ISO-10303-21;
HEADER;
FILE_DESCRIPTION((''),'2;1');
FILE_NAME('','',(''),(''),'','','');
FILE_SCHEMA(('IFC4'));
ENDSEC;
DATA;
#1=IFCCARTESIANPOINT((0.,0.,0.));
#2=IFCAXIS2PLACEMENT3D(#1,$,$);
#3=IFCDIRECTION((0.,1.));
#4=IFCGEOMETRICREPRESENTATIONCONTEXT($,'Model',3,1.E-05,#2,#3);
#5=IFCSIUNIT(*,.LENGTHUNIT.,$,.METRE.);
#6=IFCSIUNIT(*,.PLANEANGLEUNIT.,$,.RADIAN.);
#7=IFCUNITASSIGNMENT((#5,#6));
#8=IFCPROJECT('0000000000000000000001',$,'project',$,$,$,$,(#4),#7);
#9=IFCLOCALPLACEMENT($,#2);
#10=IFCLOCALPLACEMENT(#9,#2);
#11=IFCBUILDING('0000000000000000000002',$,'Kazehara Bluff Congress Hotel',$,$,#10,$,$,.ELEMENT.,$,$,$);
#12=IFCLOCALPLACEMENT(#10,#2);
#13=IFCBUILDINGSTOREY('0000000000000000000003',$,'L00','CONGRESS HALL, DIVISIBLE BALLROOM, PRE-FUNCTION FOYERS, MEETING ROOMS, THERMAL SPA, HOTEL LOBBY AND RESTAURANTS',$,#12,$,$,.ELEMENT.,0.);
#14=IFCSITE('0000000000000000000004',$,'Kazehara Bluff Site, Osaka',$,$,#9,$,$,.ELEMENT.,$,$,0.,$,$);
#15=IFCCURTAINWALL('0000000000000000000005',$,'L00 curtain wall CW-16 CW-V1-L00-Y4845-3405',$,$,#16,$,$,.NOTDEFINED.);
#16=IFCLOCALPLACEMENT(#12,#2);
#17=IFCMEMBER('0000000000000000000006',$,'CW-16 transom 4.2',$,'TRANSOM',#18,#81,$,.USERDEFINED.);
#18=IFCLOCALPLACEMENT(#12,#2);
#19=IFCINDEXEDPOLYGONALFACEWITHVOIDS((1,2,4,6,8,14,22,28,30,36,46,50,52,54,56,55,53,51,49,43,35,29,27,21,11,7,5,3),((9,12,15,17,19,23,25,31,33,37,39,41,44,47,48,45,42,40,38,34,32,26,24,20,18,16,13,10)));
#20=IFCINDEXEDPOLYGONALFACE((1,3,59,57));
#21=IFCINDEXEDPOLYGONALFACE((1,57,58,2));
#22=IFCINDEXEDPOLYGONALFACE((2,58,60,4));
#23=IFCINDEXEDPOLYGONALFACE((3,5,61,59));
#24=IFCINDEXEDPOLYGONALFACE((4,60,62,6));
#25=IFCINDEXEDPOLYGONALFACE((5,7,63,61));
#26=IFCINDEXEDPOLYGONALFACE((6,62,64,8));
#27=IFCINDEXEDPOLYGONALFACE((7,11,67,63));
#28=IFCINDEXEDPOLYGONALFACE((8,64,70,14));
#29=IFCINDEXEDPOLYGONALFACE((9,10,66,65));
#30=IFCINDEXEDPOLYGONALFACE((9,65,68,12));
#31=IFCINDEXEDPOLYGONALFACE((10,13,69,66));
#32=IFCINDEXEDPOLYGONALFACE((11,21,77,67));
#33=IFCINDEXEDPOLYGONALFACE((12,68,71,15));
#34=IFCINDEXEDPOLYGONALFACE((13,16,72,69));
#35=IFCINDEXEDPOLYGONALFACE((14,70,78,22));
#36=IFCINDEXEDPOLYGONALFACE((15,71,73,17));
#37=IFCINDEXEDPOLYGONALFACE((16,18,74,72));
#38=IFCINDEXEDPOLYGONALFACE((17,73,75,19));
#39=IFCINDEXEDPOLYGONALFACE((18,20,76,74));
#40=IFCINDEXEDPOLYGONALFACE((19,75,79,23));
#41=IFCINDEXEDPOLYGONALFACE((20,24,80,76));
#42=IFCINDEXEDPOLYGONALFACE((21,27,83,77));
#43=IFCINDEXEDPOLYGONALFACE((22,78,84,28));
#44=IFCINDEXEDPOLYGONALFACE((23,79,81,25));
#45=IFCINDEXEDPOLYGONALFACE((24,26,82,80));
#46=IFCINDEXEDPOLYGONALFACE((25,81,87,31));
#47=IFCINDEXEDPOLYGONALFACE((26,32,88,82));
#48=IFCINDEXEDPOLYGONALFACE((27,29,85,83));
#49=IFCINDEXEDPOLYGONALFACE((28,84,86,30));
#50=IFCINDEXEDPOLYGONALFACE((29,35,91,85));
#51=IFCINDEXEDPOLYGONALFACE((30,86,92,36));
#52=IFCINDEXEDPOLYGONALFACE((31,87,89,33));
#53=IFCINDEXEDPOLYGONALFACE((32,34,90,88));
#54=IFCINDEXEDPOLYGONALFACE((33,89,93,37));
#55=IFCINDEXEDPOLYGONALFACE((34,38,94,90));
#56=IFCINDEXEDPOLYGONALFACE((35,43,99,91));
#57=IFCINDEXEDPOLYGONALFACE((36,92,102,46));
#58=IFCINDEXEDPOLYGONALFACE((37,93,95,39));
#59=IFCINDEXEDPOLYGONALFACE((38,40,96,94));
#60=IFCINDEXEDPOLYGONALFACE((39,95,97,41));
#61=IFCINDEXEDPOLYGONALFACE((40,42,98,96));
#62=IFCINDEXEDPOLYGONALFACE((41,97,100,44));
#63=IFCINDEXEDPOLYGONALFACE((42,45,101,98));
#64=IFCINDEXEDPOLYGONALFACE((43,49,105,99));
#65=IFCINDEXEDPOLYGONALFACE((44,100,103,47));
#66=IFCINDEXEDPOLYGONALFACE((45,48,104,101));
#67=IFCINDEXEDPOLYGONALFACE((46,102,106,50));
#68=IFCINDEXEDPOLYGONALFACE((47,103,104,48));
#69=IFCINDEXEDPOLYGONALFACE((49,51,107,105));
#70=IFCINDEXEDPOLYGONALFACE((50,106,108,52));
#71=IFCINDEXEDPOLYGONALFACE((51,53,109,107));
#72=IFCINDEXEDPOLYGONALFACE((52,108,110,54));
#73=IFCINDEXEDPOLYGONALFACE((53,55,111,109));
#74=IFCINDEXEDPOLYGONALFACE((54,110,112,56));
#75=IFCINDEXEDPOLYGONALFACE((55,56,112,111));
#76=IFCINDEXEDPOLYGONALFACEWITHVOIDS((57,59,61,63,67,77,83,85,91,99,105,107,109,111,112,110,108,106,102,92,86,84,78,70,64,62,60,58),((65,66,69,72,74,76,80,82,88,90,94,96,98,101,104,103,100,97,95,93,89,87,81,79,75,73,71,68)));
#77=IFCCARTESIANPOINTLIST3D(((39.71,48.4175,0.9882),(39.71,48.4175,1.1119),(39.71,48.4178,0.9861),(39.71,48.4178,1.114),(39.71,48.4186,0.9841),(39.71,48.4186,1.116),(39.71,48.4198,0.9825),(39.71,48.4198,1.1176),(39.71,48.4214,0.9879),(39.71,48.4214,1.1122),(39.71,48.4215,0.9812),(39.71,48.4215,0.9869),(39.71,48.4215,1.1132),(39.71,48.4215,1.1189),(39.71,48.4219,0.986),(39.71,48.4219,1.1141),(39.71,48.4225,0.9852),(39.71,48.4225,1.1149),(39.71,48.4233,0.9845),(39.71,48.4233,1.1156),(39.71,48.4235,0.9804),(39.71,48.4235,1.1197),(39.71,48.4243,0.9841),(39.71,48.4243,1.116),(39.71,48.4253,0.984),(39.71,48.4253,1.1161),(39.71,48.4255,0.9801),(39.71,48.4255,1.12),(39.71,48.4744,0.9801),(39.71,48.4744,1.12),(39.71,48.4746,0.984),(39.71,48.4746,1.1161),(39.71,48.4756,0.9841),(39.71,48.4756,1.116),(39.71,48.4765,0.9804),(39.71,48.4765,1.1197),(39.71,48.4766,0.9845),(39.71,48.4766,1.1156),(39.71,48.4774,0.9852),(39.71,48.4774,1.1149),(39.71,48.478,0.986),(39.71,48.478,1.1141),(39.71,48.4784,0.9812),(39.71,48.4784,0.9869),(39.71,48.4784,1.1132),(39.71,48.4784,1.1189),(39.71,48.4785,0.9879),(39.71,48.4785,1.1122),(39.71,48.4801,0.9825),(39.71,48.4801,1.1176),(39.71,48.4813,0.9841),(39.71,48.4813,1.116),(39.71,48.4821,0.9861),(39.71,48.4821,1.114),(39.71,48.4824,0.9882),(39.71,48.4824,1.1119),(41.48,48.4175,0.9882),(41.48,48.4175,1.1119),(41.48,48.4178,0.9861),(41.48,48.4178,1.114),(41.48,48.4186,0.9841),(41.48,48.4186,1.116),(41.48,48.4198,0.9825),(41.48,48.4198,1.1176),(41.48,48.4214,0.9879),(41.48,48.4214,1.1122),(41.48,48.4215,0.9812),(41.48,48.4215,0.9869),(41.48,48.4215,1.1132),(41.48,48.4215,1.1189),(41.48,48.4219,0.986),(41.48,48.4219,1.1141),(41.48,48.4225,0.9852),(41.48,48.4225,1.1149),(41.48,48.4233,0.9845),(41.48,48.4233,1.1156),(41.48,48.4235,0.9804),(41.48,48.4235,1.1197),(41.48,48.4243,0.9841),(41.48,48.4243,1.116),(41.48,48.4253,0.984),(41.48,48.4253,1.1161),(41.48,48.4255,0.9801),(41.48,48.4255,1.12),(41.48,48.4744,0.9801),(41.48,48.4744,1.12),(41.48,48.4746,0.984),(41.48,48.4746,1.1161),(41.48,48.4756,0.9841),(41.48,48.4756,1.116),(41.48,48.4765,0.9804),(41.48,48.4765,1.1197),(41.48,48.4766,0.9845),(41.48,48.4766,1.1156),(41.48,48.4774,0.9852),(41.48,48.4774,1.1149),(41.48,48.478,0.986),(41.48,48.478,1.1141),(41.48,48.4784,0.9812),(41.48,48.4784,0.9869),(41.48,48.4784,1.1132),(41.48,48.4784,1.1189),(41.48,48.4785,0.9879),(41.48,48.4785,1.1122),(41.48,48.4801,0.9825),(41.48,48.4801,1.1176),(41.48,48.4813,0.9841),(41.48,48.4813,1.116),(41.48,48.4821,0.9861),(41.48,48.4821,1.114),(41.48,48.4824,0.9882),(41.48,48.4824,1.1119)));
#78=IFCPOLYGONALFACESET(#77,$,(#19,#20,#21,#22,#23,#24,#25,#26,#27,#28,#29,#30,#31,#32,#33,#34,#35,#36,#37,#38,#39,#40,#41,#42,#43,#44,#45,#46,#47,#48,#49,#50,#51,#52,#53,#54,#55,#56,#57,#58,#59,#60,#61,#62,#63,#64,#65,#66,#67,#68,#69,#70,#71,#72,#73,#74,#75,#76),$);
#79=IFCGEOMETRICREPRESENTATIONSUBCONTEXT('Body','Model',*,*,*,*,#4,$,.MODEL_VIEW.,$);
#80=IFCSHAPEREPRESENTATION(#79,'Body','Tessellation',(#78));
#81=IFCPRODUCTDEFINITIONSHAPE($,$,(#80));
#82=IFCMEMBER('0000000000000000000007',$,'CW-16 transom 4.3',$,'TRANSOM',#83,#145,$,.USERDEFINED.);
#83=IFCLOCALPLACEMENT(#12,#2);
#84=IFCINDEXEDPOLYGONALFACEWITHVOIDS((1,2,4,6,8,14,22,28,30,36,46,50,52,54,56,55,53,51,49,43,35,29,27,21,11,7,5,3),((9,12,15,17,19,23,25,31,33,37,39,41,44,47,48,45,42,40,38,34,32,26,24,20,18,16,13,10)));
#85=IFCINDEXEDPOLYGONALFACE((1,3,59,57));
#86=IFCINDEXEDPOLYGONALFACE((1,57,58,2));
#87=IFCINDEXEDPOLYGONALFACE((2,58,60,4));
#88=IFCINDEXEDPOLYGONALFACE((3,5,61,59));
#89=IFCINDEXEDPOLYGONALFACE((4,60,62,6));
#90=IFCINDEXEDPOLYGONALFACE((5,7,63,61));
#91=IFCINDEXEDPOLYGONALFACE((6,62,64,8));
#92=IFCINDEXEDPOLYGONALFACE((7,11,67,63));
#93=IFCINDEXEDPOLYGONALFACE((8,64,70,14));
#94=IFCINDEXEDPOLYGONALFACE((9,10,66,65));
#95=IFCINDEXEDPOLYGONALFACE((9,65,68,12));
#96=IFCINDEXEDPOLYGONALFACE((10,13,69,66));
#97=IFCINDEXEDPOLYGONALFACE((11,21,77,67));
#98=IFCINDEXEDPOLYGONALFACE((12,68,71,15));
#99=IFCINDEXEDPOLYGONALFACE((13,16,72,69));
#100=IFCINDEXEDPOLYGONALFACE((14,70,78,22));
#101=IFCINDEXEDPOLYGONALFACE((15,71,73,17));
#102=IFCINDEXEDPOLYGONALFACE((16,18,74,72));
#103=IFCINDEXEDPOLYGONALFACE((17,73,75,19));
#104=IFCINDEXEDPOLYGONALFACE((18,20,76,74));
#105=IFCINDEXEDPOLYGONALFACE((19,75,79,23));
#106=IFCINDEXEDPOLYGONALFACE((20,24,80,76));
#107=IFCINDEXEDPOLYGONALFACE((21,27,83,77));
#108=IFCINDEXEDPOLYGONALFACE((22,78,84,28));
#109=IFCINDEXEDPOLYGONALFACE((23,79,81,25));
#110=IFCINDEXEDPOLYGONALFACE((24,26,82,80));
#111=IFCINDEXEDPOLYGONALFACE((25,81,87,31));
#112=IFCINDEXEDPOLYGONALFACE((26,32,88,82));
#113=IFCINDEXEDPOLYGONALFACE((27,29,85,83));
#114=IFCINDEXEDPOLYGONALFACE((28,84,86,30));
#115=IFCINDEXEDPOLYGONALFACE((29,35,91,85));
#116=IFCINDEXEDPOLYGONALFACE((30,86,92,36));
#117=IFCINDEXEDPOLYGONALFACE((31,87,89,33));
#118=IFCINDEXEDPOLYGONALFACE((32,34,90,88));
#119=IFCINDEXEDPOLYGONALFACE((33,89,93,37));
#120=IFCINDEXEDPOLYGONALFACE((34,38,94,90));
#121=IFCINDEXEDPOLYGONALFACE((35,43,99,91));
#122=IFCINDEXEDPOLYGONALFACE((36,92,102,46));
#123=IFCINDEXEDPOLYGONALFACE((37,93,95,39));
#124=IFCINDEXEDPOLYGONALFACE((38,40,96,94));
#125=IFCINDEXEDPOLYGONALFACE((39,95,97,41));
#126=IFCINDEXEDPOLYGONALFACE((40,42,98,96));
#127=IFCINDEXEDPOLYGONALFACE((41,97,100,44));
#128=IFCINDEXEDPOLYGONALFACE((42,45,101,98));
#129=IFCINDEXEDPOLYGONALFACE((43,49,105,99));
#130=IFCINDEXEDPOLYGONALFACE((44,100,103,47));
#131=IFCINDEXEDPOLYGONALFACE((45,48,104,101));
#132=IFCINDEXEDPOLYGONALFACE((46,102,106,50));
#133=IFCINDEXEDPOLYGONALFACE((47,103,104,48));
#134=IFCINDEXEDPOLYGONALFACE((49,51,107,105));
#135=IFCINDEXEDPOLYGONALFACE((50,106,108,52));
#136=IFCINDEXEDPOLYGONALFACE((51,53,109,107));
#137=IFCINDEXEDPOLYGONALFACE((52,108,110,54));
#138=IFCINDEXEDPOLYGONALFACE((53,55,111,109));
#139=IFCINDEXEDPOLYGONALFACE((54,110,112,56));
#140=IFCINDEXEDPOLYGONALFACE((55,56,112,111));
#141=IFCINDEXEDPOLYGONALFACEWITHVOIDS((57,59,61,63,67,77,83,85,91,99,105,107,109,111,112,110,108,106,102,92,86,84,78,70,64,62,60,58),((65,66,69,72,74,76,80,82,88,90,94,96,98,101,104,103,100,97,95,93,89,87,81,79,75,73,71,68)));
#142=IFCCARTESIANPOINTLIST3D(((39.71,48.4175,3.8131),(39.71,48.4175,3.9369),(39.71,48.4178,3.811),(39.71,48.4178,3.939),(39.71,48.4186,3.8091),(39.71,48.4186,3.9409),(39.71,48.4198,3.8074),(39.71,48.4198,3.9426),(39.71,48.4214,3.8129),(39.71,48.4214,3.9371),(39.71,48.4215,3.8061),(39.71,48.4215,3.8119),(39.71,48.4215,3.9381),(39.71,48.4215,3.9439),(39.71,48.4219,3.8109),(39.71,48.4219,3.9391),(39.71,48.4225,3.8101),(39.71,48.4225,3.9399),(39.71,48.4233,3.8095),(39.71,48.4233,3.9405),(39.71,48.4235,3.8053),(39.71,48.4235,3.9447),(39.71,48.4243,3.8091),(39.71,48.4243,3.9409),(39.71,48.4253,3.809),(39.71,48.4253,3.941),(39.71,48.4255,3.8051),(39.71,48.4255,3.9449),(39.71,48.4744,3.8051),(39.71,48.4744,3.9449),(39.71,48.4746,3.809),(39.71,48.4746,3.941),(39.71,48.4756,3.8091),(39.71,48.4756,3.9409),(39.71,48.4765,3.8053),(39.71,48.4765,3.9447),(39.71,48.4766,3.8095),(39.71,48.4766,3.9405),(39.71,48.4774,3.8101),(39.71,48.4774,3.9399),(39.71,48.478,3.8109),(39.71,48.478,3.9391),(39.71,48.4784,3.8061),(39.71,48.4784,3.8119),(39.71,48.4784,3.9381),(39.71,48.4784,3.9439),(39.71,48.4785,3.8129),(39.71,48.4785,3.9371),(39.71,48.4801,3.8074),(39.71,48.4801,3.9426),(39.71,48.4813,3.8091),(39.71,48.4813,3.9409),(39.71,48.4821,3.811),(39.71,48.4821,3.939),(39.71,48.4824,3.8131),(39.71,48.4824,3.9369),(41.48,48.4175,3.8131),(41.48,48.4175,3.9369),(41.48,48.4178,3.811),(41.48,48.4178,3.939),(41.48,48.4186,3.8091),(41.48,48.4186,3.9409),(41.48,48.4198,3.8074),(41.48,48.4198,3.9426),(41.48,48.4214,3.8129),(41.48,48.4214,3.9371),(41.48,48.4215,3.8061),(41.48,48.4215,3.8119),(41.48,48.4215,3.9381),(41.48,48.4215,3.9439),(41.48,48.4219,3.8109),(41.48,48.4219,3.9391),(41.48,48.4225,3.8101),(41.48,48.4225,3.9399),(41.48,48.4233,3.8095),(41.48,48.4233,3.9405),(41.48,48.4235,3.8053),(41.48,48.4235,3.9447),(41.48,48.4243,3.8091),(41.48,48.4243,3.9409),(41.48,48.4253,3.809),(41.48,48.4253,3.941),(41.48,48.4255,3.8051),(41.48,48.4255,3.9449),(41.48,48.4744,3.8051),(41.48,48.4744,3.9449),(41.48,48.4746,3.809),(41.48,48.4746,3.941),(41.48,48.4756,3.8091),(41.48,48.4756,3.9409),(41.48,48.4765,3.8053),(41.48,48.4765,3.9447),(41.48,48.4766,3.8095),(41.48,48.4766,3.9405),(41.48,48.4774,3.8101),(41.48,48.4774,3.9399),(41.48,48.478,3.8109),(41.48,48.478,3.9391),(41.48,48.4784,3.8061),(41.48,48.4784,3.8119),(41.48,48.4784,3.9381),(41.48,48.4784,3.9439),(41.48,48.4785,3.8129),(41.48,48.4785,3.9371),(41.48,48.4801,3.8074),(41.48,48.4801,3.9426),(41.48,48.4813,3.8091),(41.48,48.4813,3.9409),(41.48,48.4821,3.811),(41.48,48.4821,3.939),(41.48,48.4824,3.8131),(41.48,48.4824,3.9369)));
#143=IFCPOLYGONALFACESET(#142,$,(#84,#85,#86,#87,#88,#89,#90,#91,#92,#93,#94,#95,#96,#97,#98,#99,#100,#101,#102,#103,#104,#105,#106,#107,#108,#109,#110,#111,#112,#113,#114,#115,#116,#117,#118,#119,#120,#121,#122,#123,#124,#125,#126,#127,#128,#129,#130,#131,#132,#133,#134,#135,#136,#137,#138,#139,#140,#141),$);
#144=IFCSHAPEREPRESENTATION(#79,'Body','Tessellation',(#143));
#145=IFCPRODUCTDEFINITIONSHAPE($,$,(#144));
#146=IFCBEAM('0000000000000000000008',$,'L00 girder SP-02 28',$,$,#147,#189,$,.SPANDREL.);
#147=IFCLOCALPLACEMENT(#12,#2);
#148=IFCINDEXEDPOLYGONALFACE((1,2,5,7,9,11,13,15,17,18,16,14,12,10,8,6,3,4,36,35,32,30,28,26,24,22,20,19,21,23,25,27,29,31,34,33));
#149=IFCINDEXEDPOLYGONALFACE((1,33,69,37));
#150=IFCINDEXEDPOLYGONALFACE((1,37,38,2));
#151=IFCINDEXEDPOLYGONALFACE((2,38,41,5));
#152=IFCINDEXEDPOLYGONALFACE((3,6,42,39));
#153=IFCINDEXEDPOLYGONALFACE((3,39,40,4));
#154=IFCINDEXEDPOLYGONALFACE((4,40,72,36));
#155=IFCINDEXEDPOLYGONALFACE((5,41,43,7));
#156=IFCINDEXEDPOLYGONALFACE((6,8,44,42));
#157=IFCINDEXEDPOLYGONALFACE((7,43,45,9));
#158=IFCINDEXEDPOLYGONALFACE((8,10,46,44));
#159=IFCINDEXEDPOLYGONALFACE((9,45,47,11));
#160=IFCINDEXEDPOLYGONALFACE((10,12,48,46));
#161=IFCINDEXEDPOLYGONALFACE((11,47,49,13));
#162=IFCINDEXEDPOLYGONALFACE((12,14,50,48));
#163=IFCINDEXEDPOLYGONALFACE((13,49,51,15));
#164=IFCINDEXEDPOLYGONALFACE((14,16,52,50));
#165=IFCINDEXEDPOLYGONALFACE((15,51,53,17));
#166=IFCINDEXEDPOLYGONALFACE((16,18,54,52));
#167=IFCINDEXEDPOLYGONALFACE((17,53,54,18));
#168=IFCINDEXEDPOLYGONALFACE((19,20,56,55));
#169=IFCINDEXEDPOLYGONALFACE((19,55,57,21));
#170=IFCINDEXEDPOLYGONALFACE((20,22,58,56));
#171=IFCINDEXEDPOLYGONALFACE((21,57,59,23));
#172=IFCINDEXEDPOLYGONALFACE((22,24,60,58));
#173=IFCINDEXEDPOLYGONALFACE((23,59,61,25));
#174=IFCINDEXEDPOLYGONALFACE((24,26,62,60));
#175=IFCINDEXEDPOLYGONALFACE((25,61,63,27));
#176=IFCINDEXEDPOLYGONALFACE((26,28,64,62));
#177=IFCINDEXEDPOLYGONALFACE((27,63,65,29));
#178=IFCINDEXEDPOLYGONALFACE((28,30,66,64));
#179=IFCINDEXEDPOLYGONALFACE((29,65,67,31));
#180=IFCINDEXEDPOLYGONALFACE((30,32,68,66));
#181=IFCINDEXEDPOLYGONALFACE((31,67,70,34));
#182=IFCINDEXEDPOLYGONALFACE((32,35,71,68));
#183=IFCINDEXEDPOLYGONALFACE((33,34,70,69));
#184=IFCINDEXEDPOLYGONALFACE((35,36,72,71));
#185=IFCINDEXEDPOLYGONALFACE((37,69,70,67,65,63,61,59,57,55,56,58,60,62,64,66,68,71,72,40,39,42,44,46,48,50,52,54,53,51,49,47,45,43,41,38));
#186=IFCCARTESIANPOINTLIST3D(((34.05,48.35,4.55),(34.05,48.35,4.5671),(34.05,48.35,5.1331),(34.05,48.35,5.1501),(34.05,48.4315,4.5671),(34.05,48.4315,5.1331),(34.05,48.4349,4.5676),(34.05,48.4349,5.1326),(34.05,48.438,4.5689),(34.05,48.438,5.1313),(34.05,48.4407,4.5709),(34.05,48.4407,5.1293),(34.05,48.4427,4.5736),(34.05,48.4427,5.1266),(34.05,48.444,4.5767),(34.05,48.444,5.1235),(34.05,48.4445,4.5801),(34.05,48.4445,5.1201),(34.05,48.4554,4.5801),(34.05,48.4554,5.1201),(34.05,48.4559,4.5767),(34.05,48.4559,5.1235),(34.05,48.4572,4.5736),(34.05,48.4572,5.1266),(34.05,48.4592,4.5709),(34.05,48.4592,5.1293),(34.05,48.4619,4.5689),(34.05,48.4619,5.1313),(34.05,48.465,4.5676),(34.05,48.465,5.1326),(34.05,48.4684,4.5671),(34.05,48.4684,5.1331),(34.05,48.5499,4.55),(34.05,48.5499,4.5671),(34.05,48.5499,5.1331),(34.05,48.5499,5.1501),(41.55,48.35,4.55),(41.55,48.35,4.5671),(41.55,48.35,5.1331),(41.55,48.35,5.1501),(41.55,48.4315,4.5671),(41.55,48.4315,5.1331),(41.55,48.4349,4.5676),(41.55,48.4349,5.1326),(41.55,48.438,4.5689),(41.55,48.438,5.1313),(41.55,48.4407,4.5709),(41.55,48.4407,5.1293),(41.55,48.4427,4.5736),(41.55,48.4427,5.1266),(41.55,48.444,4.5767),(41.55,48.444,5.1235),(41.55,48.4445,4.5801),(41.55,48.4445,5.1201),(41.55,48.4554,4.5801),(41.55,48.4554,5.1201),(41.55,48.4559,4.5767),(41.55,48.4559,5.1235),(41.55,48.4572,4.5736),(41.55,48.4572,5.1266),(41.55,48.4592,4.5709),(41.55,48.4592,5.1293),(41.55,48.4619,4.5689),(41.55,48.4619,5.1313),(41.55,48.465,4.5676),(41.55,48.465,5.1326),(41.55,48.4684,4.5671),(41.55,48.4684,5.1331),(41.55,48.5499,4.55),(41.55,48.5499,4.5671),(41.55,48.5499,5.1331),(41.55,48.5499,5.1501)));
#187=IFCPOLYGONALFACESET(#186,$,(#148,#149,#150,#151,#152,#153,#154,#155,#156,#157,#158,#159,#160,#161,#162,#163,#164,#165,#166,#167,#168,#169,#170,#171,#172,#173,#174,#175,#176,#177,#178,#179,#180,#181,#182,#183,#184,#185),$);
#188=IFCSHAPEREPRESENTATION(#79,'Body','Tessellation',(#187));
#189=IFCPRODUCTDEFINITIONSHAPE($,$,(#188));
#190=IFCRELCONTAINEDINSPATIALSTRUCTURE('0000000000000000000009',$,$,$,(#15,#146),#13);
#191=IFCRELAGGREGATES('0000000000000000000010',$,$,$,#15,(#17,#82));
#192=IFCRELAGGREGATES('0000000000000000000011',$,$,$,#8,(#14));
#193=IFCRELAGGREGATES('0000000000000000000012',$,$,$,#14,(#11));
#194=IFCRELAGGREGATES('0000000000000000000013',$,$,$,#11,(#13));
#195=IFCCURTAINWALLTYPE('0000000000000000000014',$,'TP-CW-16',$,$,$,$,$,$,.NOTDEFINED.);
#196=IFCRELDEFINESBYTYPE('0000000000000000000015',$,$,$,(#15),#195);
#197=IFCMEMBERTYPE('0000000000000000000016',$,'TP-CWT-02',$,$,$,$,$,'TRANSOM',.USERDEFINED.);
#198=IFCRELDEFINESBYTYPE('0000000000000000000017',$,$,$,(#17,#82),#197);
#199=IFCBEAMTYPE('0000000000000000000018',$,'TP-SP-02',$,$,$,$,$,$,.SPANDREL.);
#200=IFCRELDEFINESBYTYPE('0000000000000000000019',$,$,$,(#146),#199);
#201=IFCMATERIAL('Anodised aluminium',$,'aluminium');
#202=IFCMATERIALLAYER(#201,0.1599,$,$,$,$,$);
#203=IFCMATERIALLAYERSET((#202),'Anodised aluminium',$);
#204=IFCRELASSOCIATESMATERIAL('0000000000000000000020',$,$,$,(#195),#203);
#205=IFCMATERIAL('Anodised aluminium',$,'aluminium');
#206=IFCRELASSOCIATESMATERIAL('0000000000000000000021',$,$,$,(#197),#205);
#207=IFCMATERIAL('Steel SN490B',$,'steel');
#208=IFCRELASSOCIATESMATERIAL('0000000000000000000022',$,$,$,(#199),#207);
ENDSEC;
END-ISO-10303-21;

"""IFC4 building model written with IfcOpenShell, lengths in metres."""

from ifc_helpers import new_model, si_unit, direction, frame, origin, origin_2d, place, context, subcontext, project, spatial, hollow_rectangle, i_section, extrude, material, layer, layer_set, material_profile, profile_set, type_object, element, aggregate, save


model = new_model("IFC4")

# Units and contexts
model_context = context("Model", 3, precision=1e-05, world=origin(), true_north=direction((0.0, 1.0)))
body_context = subcontext(model_context, "Body", "Model", "MODEL_VIEW")
ifc_project = project(units=[si_unit("LENGTHUNIT", "METRE"), si_unit("PLANEANGLEUNIT", "RADIAN")], contexts=[model_context])

# Site, building, storey
site_placement = place(None, origin())
site = spatial("IfcSite", under=ifc_project, at=site_placement, Name="Kazehara Bluff Site, Osaka", CompositionType="ELEMENT", RefElevation=0.0)
building_placement = place(site_placement, origin())
building = spatial("IfcBuilding", under=site, at=building_placement, Name="Kazehara Bluff Congress Hotel", CompositionType="ELEMENT")
storey_placement = place(building_placement, origin())
storey = spatial("IfcBuildingStorey", under=building, at=storey_placement, Name="L00", Description="CONGRESS HALL, DIVISIBLE BALLROOM, PRE-FUNCTION FOYERS, MEETING ROOMS, THERMAL SPA, HOTEL LOBBY AND RESTAURANTS", CompositionType="ELEMENT", Elevation=0.0)

# Curtain wall, members
ifc_material_1 = material(Name="Anodised aluminium", Category="aluminium")
ifc_layer_1 = layer(ifc_material_1, 0.1599)
ifc_layer_set_1 = layer_set([ifc_layer_1], Name="Anodised aluminium")
curtain_wall_type = type_object("IfcCurtainWallType", Name="TP-CW-16", PredefinedType="NOTDEFINED", material=ifc_layer_set_1)
curtain_wall_placement = place(storey_placement, origin())
curtain_wall = element("IfcCurtainWall", 1, at=curtain_wall_placement, inside=storey, type_object=curtain_wall_type, Name="L00 curtain wall CW-16 CW-V1-L00-Y4845-3405", PredefinedType="NOTDEFINED")
ifc_material_2 = material(Name="Anodised aluminium", Category="aluminium")
ifc_material_profile_1 = material_profile(ifc_material_2, hollow_rectangle(XDim=0.0649, YDim=0.1399, WallThickness=0.0039, InnerFilletRadius=0.0039, OuterFilletRadius=0.0081, at=origin_2d()))
ifc_profile_set_1 = profile_set([ifc_material_profile_1], Name="Anodised aluminium")
member_type_1 = type_object("IfcMemberType", Name="TP-CWT-02", ElementType="TRANSOM", PredefinedType="USERDEFINED", material=ifc_profile_set_1)
member_1_placement = place(storey_placement, frame((39.71, 48.45, 1.05), z_axis=(1.0, 0.0, 0.0), x_axis=(0.0, 1.0, 0.0)))
member_1 = element("IfcMember", 2, at=member_1_placement, type_object=member_type_1, Name="CW-16 transom 4.2", ObjectType="TRANSOM", PredefinedType="USERDEFINED", context=body_context, shape_type="SweptSolid", body=[
    extrude(hollow_rectangle(XDim=0.0649, YDim=0.1399, WallThickness=0.0039, InnerFilletRadius=0.0039, OuterFilletRadius=0.0081, at=origin_2d()), origin(), (0.0, 0.0, 1.0), 1.77),
])
member_2_placement = place(storey_placement, frame((39.71, 48.45, 3.875), z_axis=(1.0, 0.0, 0.0), x_axis=(0.0, 1.0, 0.0)))
member_2 = element("IfcMember", 3, at=member_2_placement, type_object=member_type_1, Name="CW-16 transom 4.3", ObjectType="TRANSOM", PredefinedType="USERDEFINED", context=body_context, shape_type="SweptSolid", body=[
    extrude(hollow_rectangle(XDim=0.0649, YDim=0.1399, WallThickness=0.0039, InnerFilletRadius=0.0039, OuterFilletRadius=0.0081, at=origin_2d()), origin(), (0.0, 0.0, 1.0), 1.77),
])

# Beam
ifc_material_3 = material(Name="Steel SN490B", Category="steel")
ifc_material_profile_2 = material_profile(ifc_material_3, i_section(OverallWidth=0.2, OverallDepth=0.6001, WebThickness=0.011, FlangeThickness=0.0171, FilletRadius=0.0129, at=origin_2d()))
ifc_profile_set_2 = profile_set([ifc_material_profile_2], Name="Steel SN490B")
beam_type = type_object("IfcBeamType", Name="TP-SP-02", PredefinedType="SPANDREL", material=ifc_profile_set_2)
beam_placement = place(storey_placement, frame((34.05, 48.45, 4.8501), z_axis=(1.0, 0.0, 0.0), x_axis=(0.0, 1.0, 0.0)))
element("IfcBeam", 4, at=beam_placement, inside=storey, type_object=beam_type, Name="L00 girder SP-02 28", PredefinedType="SPANDREL", context=body_context, shape_type="SweptSolid", body=[
    extrude(i_section(OverallWidth=0.2, OverallDepth=0.6001, WebThickness=0.011, FlangeThickness=0.0171, FilletRadius=0.0129, at=origin_2d()), origin(), (0.0, 0.0, 1.0), 7.5),
])

aggregate(curtain_wall, [member_1, member_2])

save(model, "model.ifc")
